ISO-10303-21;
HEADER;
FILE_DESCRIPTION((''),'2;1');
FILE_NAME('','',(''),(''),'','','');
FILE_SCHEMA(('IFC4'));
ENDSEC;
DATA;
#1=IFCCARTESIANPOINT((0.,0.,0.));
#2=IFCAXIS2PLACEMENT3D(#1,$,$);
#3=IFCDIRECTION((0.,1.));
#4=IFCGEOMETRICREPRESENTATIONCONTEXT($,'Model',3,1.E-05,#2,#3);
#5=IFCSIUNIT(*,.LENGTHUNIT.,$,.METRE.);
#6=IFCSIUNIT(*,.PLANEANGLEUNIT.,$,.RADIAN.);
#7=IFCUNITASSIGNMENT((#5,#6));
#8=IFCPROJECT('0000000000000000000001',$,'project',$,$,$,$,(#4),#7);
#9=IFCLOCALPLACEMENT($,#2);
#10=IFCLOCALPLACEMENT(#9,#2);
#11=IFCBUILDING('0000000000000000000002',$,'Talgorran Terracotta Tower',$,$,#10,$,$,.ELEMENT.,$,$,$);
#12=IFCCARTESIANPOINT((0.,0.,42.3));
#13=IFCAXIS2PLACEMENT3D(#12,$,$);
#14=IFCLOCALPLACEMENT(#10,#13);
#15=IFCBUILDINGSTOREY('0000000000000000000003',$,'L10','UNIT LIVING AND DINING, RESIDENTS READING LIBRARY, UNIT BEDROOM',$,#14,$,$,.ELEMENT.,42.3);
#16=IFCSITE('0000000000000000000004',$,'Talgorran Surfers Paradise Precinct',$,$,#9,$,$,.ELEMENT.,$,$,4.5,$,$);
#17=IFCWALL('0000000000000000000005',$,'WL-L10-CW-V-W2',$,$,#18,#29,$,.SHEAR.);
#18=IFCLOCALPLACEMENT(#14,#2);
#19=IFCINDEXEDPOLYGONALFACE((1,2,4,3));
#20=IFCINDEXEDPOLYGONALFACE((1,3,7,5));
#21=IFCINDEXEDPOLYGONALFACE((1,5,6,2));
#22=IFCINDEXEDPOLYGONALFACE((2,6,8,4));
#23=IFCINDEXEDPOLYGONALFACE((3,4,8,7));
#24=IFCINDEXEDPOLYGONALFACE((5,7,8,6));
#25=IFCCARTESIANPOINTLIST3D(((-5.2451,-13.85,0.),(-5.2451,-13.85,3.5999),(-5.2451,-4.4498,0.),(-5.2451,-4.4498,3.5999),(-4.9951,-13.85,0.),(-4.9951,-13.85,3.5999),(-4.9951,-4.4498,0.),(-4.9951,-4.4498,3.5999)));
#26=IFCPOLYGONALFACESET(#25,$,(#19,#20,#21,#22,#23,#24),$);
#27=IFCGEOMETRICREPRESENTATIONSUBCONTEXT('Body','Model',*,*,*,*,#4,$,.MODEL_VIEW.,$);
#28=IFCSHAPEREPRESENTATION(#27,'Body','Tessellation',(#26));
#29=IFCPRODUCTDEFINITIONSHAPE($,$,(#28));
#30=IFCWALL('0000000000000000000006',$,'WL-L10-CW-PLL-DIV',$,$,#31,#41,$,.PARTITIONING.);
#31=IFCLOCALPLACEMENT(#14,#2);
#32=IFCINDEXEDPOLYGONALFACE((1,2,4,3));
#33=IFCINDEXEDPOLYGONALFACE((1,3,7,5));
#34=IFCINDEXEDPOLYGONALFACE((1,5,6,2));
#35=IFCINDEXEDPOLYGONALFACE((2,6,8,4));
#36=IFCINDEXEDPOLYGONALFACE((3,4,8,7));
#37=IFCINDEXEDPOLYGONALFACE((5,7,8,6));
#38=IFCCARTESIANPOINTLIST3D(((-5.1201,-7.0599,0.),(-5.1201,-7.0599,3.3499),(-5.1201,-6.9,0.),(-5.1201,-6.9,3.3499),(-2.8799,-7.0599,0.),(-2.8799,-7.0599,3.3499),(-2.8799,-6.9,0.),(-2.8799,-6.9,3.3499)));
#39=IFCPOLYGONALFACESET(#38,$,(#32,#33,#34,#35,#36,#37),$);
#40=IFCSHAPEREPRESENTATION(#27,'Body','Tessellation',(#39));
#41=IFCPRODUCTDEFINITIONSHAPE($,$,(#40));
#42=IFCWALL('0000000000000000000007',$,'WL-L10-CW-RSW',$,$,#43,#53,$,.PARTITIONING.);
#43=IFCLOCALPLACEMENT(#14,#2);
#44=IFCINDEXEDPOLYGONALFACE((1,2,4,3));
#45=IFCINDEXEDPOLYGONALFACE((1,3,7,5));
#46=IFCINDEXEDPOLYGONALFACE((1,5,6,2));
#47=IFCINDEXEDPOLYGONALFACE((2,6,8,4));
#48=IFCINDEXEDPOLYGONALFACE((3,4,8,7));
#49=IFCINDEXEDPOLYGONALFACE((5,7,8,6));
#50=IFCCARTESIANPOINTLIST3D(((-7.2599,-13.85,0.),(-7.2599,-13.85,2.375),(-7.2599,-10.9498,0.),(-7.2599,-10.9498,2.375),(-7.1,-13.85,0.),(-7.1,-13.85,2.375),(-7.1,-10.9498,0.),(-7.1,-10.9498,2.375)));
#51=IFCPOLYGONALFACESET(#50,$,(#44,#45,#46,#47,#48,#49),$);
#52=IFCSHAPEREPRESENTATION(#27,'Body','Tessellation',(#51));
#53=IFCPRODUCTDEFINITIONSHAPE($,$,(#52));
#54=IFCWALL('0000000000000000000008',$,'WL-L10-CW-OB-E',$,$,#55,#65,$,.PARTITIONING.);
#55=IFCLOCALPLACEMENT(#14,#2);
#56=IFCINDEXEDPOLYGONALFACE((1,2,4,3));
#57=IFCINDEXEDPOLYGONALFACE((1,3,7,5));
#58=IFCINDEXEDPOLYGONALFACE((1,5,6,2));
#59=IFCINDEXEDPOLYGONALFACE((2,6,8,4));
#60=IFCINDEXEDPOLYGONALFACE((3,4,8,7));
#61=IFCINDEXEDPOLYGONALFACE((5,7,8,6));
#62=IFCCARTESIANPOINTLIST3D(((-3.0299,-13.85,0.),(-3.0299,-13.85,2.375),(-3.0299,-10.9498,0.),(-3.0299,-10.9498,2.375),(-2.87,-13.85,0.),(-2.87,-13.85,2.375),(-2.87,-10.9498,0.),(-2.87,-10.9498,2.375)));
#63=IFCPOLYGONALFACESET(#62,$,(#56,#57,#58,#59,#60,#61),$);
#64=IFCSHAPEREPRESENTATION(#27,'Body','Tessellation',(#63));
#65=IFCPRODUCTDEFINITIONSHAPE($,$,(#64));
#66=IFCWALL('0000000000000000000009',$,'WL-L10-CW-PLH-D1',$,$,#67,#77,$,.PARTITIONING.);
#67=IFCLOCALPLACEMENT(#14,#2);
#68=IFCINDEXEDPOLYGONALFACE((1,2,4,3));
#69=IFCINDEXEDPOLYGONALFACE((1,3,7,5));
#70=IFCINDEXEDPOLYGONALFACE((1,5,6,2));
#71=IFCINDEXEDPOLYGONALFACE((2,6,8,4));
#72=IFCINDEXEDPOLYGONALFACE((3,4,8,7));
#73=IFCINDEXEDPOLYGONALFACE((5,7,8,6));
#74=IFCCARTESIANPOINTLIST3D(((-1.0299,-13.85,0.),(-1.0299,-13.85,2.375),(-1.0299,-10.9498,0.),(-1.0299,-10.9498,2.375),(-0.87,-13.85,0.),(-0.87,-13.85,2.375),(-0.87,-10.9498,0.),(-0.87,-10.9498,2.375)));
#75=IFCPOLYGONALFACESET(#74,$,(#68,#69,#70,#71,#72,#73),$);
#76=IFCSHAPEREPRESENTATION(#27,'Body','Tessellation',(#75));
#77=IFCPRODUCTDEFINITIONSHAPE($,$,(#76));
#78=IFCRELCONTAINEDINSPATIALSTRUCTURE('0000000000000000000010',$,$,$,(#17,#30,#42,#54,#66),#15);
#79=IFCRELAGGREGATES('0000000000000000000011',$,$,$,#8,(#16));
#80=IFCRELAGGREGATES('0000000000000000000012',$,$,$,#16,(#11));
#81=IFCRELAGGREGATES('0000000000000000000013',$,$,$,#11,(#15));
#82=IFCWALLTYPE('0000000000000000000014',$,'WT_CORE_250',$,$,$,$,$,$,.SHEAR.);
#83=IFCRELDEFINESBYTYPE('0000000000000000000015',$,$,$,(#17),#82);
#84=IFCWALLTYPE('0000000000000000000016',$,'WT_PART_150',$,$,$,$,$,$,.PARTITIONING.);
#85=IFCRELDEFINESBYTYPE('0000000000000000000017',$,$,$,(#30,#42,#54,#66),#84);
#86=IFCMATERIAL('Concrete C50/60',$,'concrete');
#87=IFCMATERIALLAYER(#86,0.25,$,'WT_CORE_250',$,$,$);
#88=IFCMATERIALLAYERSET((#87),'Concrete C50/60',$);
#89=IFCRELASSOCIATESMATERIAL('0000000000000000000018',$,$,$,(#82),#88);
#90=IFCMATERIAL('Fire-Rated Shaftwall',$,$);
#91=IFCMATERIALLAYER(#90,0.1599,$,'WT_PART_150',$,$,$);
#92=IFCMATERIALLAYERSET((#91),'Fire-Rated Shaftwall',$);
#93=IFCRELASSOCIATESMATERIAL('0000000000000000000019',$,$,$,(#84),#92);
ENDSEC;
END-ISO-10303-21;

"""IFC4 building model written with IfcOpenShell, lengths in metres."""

from ifc_helpers import new_model, si_unit, direction, frame, frame_2d, origin, place, context, subcontext, project, spatial, rectangle, extrude, material, layer, layer_set, type_object, element, save


model = new_model("IFC4")

# Units and contexts
model_context = context("Model", 3, precision=1e-05, world=origin(), true_north=direction((0.0, 1.0)))
body_context = subcontext(model_context, "Body", "Model", "MODEL_VIEW")
ifc_project = project(units=[si_unit("LENGTHUNIT", "METRE"), si_unit("PLANEANGLEUNIT", "RADIAN")], contexts=[model_context])

# Site, building, storey
site_placement = place(None, origin())
site = spatial("IfcSite", under=ifc_project, at=site_placement, Name="Talgorran Surfers Paradise Precinct", CompositionType="ELEMENT", RefElevation=4.5)
building_placement = place(site_placement, origin())
building = spatial("IfcBuilding", under=site, at=building_placement, Name="Talgorran Terracotta Tower", CompositionType="ELEMENT")
storey_placement = place(building_placement, frame((0.0, 0.0, 42.3)))
storey = spatial("IfcBuildingStorey", under=building, at=storey_placement, Name="L10", Description="UNIT LIVING AND DINING, RESIDENTS READING LIBRARY, UNIT BEDROOM", CompositionType="ELEMENT", Elevation=42.3)

# Shared definitions
ifc_material_1 = material(Name="Concrete C50/60", Category="concrete")

# Walls
ifc_layer_1 = layer(ifc_material_1, 0.25, Name="WT_CORE_250")
ifc_layer_set_1 = layer_set([ifc_layer_1], Name="Concrete C50/60")
wall_type_1 = type_object("IfcWallType", Name="WT_CORE_250", PredefinedType="SHEAR", material=ifc_layer_set_1)
wall_1_placement = place(storey_placement, frame((-5.1201, -13.8501, 0.0), z_axis=(0.0, 0.0, 1.0), x_axis=(0.0, 1.0, 0.0)))
element("IfcWall", 1, at=wall_1_placement, inside=storey, type_object=wall_type_1, Name="WL-L10-CW-V-W2", PredefinedType="SHEAR", context=body_context, shape_type="SweptSolid", body=[
    extrude(rectangle(XDim=9.4001, YDim=0.25, at=frame_2d((4.7002, 0.0))), origin(), (0.0, 0.0, 1.0), 3.5999),
])
ifc_material_2 = material(Name="Fire-Rated Shaftwall")
ifc_layer_2 = layer(ifc_material_2, 0.1599, Name="WT_PART_150")
ifc_layer_set_2 = layer_set([ifc_layer_2], Name="Fire-Rated Shaftwall")
wall_type_2 = type_object("IfcWallType", Name="WT_PART_150", PredefinedType="PARTITIONING", material=ifc_layer_set_2)
wall_2_placement = place(storey_placement, frame((-5.1201, -6.98, 0.0), z_axis=(0.0, 0.0, 1.0), x_axis=(1.0, 0.0, 0.0)))
element("IfcWall", 2, at=wall_2_placement, inside=storey, type_object=wall_type_2, Name="WL-L10-CW-PLL-DIV", PredefinedType="PARTITIONING", context=body_context, shape_type="SweptSolid", body=[
    extrude(rectangle(XDim=2.2402, YDim=0.1599, at=frame_2d((1.1201, 0.0))), origin(), (0.0, 0.0, 1.0), 3.3499),
])
for number, where, z_axis, x_axis, name in (
    (3, (-7.1799, -13.8501, 0.0), (0.0, 0.0, 1.0), (0.0, 1.0, 0.0), "WL-L10-CW-RSW"),
    (4, (-2.95, -13.8501, 0.0), (0.0, 0.0, 1.0), (0.0, 1.0, 0.0), "WL-L10-CW-OB-E"),
    (5, (-0.95, -13.8501, 0.0), (0.0, 0.0, 1.0), (0.0, 1.0, 0.0), "WL-L10-CW-PLH-D1"),
):
    element("IfcWall", number, at=place(storey_placement, frame(where, z_axis=z_axis, x_axis=x_axis)), inside=storey, type_object=wall_type_2, Name=name, PredefinedType="PARTITIONING", context=body_context, shape_type="SweptSolid", body=[
        extrude(rectangle(XDim=2.9001, YDim=0.1599, at=frame_2d((1.4502, 0.0))), origin(), (0.0, 0.0, 1.0), 2.375),
    ])

save(model, "model.ifc")
